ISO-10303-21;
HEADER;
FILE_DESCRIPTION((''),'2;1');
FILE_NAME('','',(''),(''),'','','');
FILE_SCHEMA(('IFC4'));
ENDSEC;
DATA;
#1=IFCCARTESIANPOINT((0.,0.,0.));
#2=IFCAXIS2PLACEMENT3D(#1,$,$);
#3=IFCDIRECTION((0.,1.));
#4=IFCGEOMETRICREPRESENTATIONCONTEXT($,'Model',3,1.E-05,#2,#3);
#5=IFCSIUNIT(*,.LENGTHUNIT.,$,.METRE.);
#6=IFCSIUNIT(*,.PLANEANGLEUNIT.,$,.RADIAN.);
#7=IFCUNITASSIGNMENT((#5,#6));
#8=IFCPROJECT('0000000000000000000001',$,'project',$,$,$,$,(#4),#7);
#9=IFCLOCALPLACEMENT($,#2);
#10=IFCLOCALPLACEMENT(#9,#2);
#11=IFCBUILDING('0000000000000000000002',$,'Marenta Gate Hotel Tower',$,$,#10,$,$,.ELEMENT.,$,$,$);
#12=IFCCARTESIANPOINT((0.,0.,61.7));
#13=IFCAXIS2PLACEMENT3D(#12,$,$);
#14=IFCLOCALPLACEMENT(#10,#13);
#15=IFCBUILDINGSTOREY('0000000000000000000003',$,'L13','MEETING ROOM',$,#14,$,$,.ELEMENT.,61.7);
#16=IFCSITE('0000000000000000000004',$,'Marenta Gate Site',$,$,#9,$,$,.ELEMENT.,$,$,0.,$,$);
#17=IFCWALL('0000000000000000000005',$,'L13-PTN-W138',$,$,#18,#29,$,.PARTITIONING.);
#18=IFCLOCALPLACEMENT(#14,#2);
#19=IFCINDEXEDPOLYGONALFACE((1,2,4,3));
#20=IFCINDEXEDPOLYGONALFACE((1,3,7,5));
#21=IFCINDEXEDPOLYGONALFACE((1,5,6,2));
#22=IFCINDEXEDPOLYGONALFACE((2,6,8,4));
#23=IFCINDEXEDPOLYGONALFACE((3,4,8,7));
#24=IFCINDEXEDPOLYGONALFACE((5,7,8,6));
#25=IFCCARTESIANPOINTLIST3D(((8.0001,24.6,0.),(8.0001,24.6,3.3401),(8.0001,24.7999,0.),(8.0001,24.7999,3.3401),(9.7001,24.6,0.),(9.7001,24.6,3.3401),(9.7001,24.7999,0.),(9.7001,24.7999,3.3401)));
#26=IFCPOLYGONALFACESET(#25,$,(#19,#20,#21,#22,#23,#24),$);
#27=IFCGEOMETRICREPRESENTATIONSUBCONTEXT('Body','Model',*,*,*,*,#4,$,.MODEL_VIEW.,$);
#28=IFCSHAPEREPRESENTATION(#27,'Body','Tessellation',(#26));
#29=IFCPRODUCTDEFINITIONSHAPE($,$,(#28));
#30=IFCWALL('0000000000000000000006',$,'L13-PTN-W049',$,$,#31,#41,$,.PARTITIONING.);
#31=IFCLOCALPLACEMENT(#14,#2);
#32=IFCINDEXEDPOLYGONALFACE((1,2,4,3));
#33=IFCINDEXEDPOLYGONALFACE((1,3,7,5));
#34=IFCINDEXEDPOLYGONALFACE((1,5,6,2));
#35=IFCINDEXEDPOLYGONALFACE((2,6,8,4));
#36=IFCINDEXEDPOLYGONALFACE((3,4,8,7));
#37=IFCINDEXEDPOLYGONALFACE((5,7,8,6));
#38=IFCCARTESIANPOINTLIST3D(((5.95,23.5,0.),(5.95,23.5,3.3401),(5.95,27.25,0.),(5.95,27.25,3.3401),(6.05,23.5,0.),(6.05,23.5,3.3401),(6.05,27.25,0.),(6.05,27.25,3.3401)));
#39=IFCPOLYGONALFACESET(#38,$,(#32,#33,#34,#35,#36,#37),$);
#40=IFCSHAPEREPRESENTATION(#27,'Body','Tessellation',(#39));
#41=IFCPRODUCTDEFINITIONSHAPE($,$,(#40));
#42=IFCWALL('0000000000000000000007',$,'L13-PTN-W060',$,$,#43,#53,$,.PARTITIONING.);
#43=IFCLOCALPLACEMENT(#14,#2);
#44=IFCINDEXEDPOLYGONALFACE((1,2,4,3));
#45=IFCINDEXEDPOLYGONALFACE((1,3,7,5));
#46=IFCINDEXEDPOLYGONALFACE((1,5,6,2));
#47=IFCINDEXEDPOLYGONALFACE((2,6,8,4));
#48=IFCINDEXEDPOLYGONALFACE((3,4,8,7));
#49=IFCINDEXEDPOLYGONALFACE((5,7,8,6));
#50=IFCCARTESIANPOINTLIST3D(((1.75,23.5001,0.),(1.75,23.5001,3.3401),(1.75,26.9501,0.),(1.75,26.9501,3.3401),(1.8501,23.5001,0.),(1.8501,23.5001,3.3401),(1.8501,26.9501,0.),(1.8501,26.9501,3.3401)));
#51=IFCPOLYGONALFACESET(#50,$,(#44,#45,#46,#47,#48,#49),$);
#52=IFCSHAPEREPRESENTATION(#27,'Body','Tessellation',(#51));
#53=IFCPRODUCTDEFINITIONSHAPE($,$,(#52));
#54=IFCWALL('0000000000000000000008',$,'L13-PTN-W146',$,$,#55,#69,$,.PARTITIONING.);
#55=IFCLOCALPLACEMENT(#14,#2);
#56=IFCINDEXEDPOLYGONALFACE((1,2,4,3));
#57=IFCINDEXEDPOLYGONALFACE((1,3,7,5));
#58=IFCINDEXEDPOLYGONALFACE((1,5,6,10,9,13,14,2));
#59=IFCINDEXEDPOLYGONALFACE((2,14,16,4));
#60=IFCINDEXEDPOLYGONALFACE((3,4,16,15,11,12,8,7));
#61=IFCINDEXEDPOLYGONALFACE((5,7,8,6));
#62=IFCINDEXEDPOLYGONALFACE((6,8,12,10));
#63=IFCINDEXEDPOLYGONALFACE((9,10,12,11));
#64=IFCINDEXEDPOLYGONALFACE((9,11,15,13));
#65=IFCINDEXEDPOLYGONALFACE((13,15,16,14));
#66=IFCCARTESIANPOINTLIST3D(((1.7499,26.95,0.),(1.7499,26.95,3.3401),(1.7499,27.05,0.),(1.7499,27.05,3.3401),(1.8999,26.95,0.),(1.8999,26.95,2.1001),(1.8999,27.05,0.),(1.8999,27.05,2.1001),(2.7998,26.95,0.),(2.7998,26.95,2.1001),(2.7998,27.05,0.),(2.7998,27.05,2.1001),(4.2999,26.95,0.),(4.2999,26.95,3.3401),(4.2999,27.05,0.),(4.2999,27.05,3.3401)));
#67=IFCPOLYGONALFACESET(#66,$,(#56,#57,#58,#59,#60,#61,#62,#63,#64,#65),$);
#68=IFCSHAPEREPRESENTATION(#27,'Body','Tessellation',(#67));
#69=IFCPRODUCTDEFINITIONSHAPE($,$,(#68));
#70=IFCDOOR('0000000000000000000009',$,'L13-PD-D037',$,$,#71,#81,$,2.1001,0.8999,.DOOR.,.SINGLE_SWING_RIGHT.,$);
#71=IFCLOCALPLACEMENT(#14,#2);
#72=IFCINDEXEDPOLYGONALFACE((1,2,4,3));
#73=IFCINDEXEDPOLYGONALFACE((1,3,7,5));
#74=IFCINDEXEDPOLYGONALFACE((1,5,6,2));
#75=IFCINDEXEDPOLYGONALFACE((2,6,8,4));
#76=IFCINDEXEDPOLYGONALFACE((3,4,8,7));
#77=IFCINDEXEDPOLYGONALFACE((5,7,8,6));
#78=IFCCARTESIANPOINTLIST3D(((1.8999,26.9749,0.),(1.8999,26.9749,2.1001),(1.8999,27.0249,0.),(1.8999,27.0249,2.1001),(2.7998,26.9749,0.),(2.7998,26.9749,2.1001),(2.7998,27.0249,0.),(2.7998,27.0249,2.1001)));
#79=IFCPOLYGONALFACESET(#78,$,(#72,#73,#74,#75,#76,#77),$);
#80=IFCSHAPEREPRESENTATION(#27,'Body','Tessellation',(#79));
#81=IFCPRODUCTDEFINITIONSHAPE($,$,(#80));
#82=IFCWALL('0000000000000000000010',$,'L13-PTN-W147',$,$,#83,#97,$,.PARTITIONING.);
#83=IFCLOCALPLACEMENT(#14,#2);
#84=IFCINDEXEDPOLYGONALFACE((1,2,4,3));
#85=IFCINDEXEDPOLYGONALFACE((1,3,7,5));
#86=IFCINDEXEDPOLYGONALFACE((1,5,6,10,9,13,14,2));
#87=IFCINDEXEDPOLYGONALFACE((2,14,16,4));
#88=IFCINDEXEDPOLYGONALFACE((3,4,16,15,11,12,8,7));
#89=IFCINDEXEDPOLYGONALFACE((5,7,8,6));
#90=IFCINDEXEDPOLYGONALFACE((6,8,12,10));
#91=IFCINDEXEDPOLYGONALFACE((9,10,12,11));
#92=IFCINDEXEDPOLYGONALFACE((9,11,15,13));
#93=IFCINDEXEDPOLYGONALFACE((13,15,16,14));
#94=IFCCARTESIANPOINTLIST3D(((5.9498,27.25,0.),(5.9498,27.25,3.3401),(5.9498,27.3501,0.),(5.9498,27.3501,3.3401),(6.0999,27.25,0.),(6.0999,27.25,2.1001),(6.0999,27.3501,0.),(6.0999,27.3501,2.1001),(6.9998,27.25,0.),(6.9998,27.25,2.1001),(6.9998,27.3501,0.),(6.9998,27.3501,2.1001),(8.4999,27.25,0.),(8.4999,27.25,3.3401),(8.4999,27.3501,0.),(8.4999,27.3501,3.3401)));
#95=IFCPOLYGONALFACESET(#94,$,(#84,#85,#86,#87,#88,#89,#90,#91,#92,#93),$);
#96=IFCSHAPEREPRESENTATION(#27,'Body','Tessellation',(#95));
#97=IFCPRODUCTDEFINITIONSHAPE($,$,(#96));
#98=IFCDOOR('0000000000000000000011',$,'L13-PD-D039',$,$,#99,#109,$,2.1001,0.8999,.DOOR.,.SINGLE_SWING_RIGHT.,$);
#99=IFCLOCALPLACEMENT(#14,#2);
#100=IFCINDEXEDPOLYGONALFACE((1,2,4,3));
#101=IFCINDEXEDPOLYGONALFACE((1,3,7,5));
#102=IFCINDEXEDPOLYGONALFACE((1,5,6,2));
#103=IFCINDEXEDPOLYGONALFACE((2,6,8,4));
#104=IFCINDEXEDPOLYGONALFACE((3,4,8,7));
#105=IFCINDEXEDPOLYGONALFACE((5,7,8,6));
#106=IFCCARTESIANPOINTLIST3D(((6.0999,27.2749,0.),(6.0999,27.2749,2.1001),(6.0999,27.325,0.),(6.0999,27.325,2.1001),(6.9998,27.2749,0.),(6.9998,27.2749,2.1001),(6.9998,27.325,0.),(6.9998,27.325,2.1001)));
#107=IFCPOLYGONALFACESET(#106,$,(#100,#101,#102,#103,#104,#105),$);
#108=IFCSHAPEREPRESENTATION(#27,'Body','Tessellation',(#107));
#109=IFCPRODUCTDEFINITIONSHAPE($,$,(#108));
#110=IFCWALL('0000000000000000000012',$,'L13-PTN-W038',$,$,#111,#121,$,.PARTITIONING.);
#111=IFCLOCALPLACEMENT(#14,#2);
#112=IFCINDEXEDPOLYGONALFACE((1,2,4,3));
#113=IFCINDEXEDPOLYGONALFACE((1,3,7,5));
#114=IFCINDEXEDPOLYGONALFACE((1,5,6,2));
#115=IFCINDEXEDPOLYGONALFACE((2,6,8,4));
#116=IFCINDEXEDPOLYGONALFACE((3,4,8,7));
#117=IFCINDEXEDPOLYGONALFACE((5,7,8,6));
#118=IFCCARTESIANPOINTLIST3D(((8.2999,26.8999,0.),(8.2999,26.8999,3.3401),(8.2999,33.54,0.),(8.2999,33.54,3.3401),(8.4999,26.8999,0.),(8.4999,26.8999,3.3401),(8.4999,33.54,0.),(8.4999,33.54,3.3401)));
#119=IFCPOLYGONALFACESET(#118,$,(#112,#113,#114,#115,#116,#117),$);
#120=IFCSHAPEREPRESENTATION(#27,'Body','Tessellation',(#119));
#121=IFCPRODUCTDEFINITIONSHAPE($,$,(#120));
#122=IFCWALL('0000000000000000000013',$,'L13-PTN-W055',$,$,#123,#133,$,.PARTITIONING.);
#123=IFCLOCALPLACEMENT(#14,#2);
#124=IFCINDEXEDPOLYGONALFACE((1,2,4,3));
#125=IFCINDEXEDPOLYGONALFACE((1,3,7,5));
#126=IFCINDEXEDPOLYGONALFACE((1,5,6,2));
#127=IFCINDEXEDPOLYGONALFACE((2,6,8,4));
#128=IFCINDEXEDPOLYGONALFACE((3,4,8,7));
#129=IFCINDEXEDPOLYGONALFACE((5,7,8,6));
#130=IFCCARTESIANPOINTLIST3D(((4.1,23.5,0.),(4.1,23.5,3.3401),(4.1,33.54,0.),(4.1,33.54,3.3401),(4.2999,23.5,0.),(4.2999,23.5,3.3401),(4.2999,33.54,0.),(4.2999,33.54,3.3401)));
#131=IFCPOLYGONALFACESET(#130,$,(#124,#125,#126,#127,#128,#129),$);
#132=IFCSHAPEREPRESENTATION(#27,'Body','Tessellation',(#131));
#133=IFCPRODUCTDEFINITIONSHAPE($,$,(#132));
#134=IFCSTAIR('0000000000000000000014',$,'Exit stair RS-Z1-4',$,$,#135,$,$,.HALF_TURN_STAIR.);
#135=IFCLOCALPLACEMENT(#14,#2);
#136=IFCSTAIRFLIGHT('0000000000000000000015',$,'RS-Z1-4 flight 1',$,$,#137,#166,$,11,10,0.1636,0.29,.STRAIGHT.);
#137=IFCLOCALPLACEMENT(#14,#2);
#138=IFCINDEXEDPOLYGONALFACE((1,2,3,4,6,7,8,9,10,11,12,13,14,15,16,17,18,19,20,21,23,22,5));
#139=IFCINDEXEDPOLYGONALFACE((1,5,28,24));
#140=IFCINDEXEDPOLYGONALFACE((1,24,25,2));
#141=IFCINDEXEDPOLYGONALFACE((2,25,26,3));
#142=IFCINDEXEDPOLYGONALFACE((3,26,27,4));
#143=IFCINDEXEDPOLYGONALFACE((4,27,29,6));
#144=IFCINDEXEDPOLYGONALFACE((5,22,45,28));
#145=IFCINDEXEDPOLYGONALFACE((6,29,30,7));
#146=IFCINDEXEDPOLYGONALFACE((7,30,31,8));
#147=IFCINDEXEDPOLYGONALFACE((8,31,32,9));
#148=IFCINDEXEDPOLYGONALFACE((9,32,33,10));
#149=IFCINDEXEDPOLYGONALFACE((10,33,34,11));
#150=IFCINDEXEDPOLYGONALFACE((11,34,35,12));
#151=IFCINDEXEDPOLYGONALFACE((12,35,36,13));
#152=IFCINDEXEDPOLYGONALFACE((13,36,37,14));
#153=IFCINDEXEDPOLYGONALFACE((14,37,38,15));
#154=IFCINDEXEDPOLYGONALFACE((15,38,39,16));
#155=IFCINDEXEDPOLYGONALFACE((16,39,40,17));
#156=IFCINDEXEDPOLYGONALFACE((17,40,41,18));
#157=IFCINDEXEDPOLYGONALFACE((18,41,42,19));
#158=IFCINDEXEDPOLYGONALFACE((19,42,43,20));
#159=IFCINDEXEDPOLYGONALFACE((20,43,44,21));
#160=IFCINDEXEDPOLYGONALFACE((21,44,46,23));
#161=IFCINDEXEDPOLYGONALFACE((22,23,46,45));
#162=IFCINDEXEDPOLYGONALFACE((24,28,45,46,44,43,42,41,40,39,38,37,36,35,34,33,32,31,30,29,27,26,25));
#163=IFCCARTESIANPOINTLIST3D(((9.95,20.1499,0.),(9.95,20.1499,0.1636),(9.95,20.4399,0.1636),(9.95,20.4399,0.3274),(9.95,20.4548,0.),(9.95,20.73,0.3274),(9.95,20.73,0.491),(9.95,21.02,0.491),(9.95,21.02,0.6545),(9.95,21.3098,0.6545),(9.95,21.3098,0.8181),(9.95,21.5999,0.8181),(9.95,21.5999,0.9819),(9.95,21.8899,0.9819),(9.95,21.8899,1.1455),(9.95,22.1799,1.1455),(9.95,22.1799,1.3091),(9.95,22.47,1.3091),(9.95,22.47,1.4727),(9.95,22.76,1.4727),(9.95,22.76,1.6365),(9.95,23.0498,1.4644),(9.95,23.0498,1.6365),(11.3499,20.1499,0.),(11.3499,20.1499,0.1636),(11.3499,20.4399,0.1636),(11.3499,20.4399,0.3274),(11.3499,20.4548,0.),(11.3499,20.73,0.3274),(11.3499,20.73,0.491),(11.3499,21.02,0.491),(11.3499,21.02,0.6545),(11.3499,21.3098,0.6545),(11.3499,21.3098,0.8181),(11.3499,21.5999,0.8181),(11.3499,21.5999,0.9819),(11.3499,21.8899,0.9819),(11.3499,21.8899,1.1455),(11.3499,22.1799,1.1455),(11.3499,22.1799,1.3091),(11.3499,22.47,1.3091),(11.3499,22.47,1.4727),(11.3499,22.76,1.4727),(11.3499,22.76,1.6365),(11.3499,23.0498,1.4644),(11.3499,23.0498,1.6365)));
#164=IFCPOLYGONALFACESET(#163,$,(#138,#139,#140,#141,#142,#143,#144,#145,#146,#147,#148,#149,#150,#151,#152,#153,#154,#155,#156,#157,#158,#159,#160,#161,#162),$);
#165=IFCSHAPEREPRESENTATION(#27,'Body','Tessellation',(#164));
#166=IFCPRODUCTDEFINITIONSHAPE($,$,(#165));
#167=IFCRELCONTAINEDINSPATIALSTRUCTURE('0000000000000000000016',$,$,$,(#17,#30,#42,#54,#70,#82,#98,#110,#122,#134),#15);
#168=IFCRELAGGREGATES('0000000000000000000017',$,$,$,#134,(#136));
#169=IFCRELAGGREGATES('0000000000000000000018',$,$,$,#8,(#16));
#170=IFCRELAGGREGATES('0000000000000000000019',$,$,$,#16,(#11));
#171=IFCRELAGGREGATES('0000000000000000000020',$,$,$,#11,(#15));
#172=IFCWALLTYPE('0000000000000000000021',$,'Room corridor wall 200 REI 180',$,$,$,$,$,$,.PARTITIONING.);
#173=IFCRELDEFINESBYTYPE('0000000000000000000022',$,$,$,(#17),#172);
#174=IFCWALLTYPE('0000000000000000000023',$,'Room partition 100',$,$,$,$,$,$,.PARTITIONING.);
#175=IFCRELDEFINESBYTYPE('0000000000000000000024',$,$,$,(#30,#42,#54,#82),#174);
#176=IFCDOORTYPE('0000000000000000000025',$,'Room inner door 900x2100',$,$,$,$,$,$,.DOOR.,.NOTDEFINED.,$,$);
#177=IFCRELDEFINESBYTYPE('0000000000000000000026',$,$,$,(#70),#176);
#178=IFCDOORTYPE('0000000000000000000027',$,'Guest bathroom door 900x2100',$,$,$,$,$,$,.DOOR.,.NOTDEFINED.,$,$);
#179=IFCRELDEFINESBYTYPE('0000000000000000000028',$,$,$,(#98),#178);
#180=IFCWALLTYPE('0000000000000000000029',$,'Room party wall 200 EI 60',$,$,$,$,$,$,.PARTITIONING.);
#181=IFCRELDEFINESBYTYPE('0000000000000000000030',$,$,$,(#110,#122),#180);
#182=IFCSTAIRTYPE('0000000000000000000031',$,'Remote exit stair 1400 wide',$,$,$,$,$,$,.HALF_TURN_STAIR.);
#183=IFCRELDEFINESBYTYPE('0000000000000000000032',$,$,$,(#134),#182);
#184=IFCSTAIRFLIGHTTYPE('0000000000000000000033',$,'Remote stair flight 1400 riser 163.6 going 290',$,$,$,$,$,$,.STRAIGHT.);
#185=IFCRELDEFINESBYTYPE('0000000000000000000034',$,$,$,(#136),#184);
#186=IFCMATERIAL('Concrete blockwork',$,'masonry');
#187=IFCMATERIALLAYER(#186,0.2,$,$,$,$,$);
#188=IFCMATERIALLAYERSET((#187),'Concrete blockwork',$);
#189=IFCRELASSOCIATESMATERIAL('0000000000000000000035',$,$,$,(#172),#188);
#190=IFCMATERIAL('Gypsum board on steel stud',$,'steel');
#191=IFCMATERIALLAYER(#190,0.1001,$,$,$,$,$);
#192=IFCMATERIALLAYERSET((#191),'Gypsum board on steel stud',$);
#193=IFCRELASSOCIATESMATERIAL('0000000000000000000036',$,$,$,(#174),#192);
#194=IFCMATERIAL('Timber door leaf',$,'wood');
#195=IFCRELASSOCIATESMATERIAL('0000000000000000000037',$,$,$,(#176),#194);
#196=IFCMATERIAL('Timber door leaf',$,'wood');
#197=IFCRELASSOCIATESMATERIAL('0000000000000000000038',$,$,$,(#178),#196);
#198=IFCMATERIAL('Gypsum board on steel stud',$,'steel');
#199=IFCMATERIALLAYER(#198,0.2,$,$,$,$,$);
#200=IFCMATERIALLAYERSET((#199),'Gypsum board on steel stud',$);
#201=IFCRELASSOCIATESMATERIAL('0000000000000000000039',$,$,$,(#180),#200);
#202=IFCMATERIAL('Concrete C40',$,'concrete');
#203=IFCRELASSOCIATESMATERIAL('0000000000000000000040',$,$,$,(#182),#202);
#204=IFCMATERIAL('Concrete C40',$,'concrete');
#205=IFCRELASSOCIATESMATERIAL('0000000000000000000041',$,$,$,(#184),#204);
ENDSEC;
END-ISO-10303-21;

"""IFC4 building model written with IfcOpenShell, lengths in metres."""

from ifc_helpers import new_model, si_unit, direction, frame, frame_2d, origin, place, context, subcontext, project, spatial, polyline, rectangle, outline, extrude, material, layer, layer_set, type_object, element, fill, aggregate, save


model = new_model("IFC4")

# Units and contexts
model_context = context("Model", 3, precision=1e-05, world=origin(), true_north=direction((0.0, 1.0)))
body_context = subcontext(model_context, "Body", "Model", "MODEL_VIEW")
ifc_project = project(units=[si_unit("LENGTHUNIT", "METRE"), si_unit("PLANEANGLEUNIT", "RADIAN")], contexts=[model_context])

# Site, building, storey
site_placement = place(None, origin())
site = spatial("IfcSite", under=ifc_project, at=site_placement, Name="Marenta Gate Site", CompositionType="ELEMENT", RefElevation=0.0)
building_placement = place(site_placement, origin())
building = spatial("IfcBuilding", under=site, at=building_placement, Name="Marenta Gate Hotel Tower", CompositionType="ELEMENT")
storey_placement = place(building_placement, frame((0.0, 0.0, 61.7)))
storey = spatial("IfcBuildingStorey", under=building, at=storey_placement, Name="L13", Description="MEETING ROOM", CompositionType="ELEMENT", Elevation=61.7)

# Shared definitions
ifc_material_1 = material(Name="Concrete blockwork", Category="masonry")
ifc_layer_1 = layer(ifc_material_1, 0.2)
ifc_layer_set_1 = layer_set([ifc_layer_1], Name="Concrete blockwork")
wall_type_1 = type_object("IfcWallType", Name="Room corridor wall 200 REI 180", PredefinedType="PARTITIONING", material=ifc_layer_set_1)

# Walls
wall_1_placement = place(storey_placement, frame((8.0, 24.7, 0.0), z_axis=(0.0, 0.0, 1.0), x_axis=(1.0, 0.0, 0.0)))
element("IfcWall", 1, at=wall_1_placement, inside=storey, type_object=wall_type_1, Name="L13-PTN-W138", PredefinedType="PARTITIONING", context=body_context, shape_type="SweptSolid", body=[
    extrude(rectangle(XDim=1.7, YDim=0.2, at=frame_2d((0.8501, 0.0))), origin(), (0.0, 0.0, 1.0), 3.3401),
])
ifc_material_2 = material(Name="Gypsum board on steel stud", Category="steel")
ifc_layer_2 = layer(ifc_material_2, 0.1001)
ifc_layer_set_2 = layer_set([ifc_layer_2], Name="Gypsum board on steel stud")
wall_type_2 = type_object("IfcWallType", Name="Room partition 100", PredefinedType="PARTITIONING", material=ifc_layer_set_2)
wall_2_placement = place(storey_placement, frame((6.0, 23.5, 0.0), z_axis=(0.0, 0.0, 1.0), x_axis=(0.0, 1.0, 0.0)))
element("IfcWall", 2, at=wall_2_placement, inside=storey, type_object=wall_type_2, Name="L13-PTN-W049", PredefinedType="PARTITIONING", context=body_context, shape_type="SweptSolid", body=[
    extrude(rectangle(XDim=3.75, YDim=0.1001, at=frame_2d((1.875, 0.0))), origin(), (0.0, 0.0, 1.0), 3.3401),
])
wall_3_placement = place(storey_placement, frame((1.8, 23.5, 0.0), z_axis=(0.0, 0.0, 1.0), x_axis=(0.0, 1.0, 0.0)))
element("IfcWall", 3, at=wall_3_placement, inside=storey, type_object=wall_type_2, Name="L13-PTN-W060", PredefinedType="PARTITIONING", context=body_context, shape_type="SweptSolid", body=[
    extrude(rectangle(XDim=3.45, YDim=0.1001, at=frame_2d((1.7251, 0.0))), origin(), (0.0, 0.0, 1.0), 3.3401),
])

# Walls, openings, doors
wall_4_placement = place(storey_placement, frame((1.75, 27.0, 0.0), z_axis=(0.0, 0.0, 1.0), x_axis=(1.0, 0.0, 0.0)))
wall_4 = element("IfcWall", 4, at=wall_4_placement, inside=storey, type_object=wall_type_2, Name="L13-PTN-W146", PredefinedType="PARTITIONING", context=body_context, shape_type="SweptSolid", body=[
    extrude(rectangle(XDim=2.55, YDim=0.1001, at=frame_2d((1.2749, 0.0))), origin(), (0.0, 0.0, 1.0), 3.3401),
])
opening_1_placement = place(wall_4_placement, frame((0.1499, 0.0, 0.0)))
opening_1 = element("IfcOpeningElement", 5, at=opening_1_placement, cuts=wall_4, PredefinedType="OPENING", context=body_context, shape_type="SweptSolid", body=[
    extrude(rectangle(XDim=0.8999, YDim=2.1001, at=frame_2d((0.45, 1.05))), frame((0.0, 0.05, 0.0), z_axis=(0.0, -1.0, 0.0), x_axis=(1.0, 0.0, 0.0)), (0.0, 0.0, 1.0), 0.1001),
])
ifc_material_3 = material(Name="Timber door leaf", Category="wood")
door_type_1 = type_object("IfcDoorType", Name="Room inner door 900x2100", OperationType="NOTDEFINED", PredefinedType="DOOR", material=ifc_material_3)
door_1_placement = place(opening_1_placement, origin())
door_1 = element("IfcDoor", 6, at=door_1_placement, inside=storey, type_object=door_type_1, Name="L13-PD-D037", OperationType="SINGLE_SWING_RIGHT", OverallHeight=2.1001, OverallWidth=0.8999, PredefinedType="DOOR", context=body_context, shape_type="SweptSolid", body=[
    extrude(rectangle(XDim=0.8999, YDim=2.1001, at=frame_2d((0.45, 1.05))), frame((0.0, 0.0249, 0.0), z_axis=(0.0, -1.0, 0.0), x_axis=(1.0, 0.0, 0.0)), (0.0, 0.0, 1.0), 0.05),
])
fill(opening_1, door_1)
wall_5_placement = place(storey_placement, frame((5.95, 27.3, 0.0), z_axis=(0.0, 0.0, 1.0), x_axis=(1.0, 0.0, 0.0)))
wall_5 = element("IfcWall", 7, at=wall_5_placement, inside=storey, type_object=wall_type_2, Name="L13-PTN-W147", PredefinedType="PARTITIONING", context=body_context, shape_type="SweptSolid", body=[
    extrude(rectangle(XDim=2.55, YDim=0.1001, at=frame_2d((1.2749, 0.0))), origin(), (0.0, 0.0, 1.0), 3.3401),
])
opening_2_placement = place(wall_5_placement, frame((0.1499, 0.0, 0.0)))
opening_2 = element("IfcOpeningElement", 8, at=opening_2_placement, cuts=wall_5, PredefinedType="OPENING", context=body_context, shape_type="SweptSolid", body=[
    extrude(rectangle(XDim=0.8999, YDim=2.1001, at=frame_2d((0.45, 1.05))), frame((0.0, 0.05, 0.0), z_axis=(0.0, -1.0, 0.0), x_axis=(1.0, 0.0, 0.0)), (0.0, 0.0, 1.0), 0.1001),
])
ifc_material_4 = material(Name="Timber door leaf", Category="wood")
door_type_2 = type_object("IfcDoorType", Name="Guest bathroom door 900x2100", OperationType="NOTDEFINED", PredefinedType="DOOR", material=ifc_material_4)
door_2_placement = place(opening_2_placement, origin())
door_2 = element("IfcDoor", 9, at=door_2_placement, inside=storey, type_object=door_type_2, Name="L13-PD-D039", OperationType="SINGLE_SWING_RIGHT", OverallHeight=2.1001, OverallWidth=0.8999, PredefinedType="DOOR", context=body_context, shape_type="SweptSolid", body=[
    extrude(rectangle(XDim=0.8999, YDim=2.1001, at=frame_2d((0.45, 1.05))), frame((0.0, 0.0249, 0.0), z_axis=(0.0, -1.0, 0.0), x_axis=(1.0, 0.0, 0.0)), (0.0, 0.0, 1.0), 0.05),
])
fill(opening_2, door_2)

# Walls
ifc_material_5 = material(Name="Gypsum board on steel stud", Category="steel")
ifc_layer_3 = layer(ifc_material_5, 0.2)
ifc_layer_set_3 = layer_set([ifc_layer_3], Name="Gypsum board on steel stud")
wall_type_3 = type_object("IfcWallType", Name="Room party wall 200 EI 60", PredefinedType="PARTITIONING", material=ifc_layer_set_3)
wall_6_placement = place(storey_placement, frame((8.3999, 26.8999, 0.0), z_axis=(0.0, 0.0, 1.0), x_axis=(0.0, 1.0, 0.0)))
element("IfcWall", 10, at=wall_6_placement, inside=storey, type_object=wall_type_3, Name="L13-PTN-W038", PredefinedType="PARTITIONING", context=body_context, shape_type="SweptSolid", body=[
    extrude(rectangle(XDim=6.6401, YDim=0.2, at=frame_2d((3.3201, 0.0))), origin(), (0.0, 0.0, 1.0), 3.3401),
])
wall_7_placement = place(storey_placement, frame((4.2, 23.5, 0.0), z_axis=(0.0, 0.0, 1.0), x_axis=(0.0, 1.0, 0.0)))
element("IfcWall", 11, at=wall_7_placement, inside=storey, type_object=wall_type_3, Name="L13-PTN-W055", PredefinedType="PARTITIONING", context=body_context, shape_type="SweptSolid", body=[
    extrude(rectangle(XDim=10.04, YDim=0.2, at=frame_2d((5.02, 0.0))), origin(), (0.0, 0.0, 1.0), 3.3401),
])

# Stair, stair flight
ifc_material_6 = material(Name="Concrete C40", Category="concrete")
stair_type = type_object("IfcStairType", Name="Remote exit stair 1400 wide", PredefinedType="HALF_TURN_STAIR", material=ifc_material_6)
stair_placement = place(storey_placement, origin())
stair = element("IfcStair", 12, at=stair_placement, inside=storey, type_object=stair_type, Name="Exit stair RS-Z1-4", PredefinedType="HALF_TURN_STAIR")
ifc_material_7 = material(Name="Concrete C40", Category="concrete")
stair_flight_type = type_object("IfcStairFlightType", Name="Remote stair flight 1400 riser 163.6 going 290", PredefinedType="STRAIGHT", material=ifc_material_7)
stair_flight_placement = place(storey_placement, frame((10.6499, 20.1499, 0.0), z_axis=(0.0, 0.0, 1.0), x_axis=(0.0, 1.0, 0.0)))
stair_flight = element("IfcStairFlight", 13, at=stair_flight_placement, type_object=stair_flight_type, Name="RS-Z1-4 flight 1", NumberOfRisers=11, NumberOfTreads=10, PredefinedType="STRAIGHT", RiserHeight=0.1636, TreadLength=0.29, context=body_context, shape_type="SweptSolid", body=[
    extrude(outline(polyline([(0.0, 0.0), (0.0, 0.1636), (0.29, 0.1636), (0.29, 0.3274), (0.5801, 0.3274), (0.5801, 0.491), (0.8701, 0.491), (0.8701, 0.6545), (1.1599, 0.6545), (1.1599, 0.8181), (1.45, 0.8181), (1.45, 0.9819), (1.74, 0.9819), (1.74, 1.1455), (2.03, 1.1455), (2.03, 1.3091), (2.3201, 1.3091), (2.3201, 1.4727), (2.6101, 1.4727), (2.6101, 1.6365), (2.8999, 1.6365), (2.8999, 1.8), (2.8999, 1.4644), (0.3049, 0.0), (0.0, 0.0)])), frame((0.0, 0.7, 0.0), z_axis=(0.0, -1.0, 0.0), x_axis=(1.0, 0.0, 0.0)), (0.0, 0.0, 1.0), 1.3999),
])
aggregate(stair, [stair_flight])

save(model, "model.ifc")
